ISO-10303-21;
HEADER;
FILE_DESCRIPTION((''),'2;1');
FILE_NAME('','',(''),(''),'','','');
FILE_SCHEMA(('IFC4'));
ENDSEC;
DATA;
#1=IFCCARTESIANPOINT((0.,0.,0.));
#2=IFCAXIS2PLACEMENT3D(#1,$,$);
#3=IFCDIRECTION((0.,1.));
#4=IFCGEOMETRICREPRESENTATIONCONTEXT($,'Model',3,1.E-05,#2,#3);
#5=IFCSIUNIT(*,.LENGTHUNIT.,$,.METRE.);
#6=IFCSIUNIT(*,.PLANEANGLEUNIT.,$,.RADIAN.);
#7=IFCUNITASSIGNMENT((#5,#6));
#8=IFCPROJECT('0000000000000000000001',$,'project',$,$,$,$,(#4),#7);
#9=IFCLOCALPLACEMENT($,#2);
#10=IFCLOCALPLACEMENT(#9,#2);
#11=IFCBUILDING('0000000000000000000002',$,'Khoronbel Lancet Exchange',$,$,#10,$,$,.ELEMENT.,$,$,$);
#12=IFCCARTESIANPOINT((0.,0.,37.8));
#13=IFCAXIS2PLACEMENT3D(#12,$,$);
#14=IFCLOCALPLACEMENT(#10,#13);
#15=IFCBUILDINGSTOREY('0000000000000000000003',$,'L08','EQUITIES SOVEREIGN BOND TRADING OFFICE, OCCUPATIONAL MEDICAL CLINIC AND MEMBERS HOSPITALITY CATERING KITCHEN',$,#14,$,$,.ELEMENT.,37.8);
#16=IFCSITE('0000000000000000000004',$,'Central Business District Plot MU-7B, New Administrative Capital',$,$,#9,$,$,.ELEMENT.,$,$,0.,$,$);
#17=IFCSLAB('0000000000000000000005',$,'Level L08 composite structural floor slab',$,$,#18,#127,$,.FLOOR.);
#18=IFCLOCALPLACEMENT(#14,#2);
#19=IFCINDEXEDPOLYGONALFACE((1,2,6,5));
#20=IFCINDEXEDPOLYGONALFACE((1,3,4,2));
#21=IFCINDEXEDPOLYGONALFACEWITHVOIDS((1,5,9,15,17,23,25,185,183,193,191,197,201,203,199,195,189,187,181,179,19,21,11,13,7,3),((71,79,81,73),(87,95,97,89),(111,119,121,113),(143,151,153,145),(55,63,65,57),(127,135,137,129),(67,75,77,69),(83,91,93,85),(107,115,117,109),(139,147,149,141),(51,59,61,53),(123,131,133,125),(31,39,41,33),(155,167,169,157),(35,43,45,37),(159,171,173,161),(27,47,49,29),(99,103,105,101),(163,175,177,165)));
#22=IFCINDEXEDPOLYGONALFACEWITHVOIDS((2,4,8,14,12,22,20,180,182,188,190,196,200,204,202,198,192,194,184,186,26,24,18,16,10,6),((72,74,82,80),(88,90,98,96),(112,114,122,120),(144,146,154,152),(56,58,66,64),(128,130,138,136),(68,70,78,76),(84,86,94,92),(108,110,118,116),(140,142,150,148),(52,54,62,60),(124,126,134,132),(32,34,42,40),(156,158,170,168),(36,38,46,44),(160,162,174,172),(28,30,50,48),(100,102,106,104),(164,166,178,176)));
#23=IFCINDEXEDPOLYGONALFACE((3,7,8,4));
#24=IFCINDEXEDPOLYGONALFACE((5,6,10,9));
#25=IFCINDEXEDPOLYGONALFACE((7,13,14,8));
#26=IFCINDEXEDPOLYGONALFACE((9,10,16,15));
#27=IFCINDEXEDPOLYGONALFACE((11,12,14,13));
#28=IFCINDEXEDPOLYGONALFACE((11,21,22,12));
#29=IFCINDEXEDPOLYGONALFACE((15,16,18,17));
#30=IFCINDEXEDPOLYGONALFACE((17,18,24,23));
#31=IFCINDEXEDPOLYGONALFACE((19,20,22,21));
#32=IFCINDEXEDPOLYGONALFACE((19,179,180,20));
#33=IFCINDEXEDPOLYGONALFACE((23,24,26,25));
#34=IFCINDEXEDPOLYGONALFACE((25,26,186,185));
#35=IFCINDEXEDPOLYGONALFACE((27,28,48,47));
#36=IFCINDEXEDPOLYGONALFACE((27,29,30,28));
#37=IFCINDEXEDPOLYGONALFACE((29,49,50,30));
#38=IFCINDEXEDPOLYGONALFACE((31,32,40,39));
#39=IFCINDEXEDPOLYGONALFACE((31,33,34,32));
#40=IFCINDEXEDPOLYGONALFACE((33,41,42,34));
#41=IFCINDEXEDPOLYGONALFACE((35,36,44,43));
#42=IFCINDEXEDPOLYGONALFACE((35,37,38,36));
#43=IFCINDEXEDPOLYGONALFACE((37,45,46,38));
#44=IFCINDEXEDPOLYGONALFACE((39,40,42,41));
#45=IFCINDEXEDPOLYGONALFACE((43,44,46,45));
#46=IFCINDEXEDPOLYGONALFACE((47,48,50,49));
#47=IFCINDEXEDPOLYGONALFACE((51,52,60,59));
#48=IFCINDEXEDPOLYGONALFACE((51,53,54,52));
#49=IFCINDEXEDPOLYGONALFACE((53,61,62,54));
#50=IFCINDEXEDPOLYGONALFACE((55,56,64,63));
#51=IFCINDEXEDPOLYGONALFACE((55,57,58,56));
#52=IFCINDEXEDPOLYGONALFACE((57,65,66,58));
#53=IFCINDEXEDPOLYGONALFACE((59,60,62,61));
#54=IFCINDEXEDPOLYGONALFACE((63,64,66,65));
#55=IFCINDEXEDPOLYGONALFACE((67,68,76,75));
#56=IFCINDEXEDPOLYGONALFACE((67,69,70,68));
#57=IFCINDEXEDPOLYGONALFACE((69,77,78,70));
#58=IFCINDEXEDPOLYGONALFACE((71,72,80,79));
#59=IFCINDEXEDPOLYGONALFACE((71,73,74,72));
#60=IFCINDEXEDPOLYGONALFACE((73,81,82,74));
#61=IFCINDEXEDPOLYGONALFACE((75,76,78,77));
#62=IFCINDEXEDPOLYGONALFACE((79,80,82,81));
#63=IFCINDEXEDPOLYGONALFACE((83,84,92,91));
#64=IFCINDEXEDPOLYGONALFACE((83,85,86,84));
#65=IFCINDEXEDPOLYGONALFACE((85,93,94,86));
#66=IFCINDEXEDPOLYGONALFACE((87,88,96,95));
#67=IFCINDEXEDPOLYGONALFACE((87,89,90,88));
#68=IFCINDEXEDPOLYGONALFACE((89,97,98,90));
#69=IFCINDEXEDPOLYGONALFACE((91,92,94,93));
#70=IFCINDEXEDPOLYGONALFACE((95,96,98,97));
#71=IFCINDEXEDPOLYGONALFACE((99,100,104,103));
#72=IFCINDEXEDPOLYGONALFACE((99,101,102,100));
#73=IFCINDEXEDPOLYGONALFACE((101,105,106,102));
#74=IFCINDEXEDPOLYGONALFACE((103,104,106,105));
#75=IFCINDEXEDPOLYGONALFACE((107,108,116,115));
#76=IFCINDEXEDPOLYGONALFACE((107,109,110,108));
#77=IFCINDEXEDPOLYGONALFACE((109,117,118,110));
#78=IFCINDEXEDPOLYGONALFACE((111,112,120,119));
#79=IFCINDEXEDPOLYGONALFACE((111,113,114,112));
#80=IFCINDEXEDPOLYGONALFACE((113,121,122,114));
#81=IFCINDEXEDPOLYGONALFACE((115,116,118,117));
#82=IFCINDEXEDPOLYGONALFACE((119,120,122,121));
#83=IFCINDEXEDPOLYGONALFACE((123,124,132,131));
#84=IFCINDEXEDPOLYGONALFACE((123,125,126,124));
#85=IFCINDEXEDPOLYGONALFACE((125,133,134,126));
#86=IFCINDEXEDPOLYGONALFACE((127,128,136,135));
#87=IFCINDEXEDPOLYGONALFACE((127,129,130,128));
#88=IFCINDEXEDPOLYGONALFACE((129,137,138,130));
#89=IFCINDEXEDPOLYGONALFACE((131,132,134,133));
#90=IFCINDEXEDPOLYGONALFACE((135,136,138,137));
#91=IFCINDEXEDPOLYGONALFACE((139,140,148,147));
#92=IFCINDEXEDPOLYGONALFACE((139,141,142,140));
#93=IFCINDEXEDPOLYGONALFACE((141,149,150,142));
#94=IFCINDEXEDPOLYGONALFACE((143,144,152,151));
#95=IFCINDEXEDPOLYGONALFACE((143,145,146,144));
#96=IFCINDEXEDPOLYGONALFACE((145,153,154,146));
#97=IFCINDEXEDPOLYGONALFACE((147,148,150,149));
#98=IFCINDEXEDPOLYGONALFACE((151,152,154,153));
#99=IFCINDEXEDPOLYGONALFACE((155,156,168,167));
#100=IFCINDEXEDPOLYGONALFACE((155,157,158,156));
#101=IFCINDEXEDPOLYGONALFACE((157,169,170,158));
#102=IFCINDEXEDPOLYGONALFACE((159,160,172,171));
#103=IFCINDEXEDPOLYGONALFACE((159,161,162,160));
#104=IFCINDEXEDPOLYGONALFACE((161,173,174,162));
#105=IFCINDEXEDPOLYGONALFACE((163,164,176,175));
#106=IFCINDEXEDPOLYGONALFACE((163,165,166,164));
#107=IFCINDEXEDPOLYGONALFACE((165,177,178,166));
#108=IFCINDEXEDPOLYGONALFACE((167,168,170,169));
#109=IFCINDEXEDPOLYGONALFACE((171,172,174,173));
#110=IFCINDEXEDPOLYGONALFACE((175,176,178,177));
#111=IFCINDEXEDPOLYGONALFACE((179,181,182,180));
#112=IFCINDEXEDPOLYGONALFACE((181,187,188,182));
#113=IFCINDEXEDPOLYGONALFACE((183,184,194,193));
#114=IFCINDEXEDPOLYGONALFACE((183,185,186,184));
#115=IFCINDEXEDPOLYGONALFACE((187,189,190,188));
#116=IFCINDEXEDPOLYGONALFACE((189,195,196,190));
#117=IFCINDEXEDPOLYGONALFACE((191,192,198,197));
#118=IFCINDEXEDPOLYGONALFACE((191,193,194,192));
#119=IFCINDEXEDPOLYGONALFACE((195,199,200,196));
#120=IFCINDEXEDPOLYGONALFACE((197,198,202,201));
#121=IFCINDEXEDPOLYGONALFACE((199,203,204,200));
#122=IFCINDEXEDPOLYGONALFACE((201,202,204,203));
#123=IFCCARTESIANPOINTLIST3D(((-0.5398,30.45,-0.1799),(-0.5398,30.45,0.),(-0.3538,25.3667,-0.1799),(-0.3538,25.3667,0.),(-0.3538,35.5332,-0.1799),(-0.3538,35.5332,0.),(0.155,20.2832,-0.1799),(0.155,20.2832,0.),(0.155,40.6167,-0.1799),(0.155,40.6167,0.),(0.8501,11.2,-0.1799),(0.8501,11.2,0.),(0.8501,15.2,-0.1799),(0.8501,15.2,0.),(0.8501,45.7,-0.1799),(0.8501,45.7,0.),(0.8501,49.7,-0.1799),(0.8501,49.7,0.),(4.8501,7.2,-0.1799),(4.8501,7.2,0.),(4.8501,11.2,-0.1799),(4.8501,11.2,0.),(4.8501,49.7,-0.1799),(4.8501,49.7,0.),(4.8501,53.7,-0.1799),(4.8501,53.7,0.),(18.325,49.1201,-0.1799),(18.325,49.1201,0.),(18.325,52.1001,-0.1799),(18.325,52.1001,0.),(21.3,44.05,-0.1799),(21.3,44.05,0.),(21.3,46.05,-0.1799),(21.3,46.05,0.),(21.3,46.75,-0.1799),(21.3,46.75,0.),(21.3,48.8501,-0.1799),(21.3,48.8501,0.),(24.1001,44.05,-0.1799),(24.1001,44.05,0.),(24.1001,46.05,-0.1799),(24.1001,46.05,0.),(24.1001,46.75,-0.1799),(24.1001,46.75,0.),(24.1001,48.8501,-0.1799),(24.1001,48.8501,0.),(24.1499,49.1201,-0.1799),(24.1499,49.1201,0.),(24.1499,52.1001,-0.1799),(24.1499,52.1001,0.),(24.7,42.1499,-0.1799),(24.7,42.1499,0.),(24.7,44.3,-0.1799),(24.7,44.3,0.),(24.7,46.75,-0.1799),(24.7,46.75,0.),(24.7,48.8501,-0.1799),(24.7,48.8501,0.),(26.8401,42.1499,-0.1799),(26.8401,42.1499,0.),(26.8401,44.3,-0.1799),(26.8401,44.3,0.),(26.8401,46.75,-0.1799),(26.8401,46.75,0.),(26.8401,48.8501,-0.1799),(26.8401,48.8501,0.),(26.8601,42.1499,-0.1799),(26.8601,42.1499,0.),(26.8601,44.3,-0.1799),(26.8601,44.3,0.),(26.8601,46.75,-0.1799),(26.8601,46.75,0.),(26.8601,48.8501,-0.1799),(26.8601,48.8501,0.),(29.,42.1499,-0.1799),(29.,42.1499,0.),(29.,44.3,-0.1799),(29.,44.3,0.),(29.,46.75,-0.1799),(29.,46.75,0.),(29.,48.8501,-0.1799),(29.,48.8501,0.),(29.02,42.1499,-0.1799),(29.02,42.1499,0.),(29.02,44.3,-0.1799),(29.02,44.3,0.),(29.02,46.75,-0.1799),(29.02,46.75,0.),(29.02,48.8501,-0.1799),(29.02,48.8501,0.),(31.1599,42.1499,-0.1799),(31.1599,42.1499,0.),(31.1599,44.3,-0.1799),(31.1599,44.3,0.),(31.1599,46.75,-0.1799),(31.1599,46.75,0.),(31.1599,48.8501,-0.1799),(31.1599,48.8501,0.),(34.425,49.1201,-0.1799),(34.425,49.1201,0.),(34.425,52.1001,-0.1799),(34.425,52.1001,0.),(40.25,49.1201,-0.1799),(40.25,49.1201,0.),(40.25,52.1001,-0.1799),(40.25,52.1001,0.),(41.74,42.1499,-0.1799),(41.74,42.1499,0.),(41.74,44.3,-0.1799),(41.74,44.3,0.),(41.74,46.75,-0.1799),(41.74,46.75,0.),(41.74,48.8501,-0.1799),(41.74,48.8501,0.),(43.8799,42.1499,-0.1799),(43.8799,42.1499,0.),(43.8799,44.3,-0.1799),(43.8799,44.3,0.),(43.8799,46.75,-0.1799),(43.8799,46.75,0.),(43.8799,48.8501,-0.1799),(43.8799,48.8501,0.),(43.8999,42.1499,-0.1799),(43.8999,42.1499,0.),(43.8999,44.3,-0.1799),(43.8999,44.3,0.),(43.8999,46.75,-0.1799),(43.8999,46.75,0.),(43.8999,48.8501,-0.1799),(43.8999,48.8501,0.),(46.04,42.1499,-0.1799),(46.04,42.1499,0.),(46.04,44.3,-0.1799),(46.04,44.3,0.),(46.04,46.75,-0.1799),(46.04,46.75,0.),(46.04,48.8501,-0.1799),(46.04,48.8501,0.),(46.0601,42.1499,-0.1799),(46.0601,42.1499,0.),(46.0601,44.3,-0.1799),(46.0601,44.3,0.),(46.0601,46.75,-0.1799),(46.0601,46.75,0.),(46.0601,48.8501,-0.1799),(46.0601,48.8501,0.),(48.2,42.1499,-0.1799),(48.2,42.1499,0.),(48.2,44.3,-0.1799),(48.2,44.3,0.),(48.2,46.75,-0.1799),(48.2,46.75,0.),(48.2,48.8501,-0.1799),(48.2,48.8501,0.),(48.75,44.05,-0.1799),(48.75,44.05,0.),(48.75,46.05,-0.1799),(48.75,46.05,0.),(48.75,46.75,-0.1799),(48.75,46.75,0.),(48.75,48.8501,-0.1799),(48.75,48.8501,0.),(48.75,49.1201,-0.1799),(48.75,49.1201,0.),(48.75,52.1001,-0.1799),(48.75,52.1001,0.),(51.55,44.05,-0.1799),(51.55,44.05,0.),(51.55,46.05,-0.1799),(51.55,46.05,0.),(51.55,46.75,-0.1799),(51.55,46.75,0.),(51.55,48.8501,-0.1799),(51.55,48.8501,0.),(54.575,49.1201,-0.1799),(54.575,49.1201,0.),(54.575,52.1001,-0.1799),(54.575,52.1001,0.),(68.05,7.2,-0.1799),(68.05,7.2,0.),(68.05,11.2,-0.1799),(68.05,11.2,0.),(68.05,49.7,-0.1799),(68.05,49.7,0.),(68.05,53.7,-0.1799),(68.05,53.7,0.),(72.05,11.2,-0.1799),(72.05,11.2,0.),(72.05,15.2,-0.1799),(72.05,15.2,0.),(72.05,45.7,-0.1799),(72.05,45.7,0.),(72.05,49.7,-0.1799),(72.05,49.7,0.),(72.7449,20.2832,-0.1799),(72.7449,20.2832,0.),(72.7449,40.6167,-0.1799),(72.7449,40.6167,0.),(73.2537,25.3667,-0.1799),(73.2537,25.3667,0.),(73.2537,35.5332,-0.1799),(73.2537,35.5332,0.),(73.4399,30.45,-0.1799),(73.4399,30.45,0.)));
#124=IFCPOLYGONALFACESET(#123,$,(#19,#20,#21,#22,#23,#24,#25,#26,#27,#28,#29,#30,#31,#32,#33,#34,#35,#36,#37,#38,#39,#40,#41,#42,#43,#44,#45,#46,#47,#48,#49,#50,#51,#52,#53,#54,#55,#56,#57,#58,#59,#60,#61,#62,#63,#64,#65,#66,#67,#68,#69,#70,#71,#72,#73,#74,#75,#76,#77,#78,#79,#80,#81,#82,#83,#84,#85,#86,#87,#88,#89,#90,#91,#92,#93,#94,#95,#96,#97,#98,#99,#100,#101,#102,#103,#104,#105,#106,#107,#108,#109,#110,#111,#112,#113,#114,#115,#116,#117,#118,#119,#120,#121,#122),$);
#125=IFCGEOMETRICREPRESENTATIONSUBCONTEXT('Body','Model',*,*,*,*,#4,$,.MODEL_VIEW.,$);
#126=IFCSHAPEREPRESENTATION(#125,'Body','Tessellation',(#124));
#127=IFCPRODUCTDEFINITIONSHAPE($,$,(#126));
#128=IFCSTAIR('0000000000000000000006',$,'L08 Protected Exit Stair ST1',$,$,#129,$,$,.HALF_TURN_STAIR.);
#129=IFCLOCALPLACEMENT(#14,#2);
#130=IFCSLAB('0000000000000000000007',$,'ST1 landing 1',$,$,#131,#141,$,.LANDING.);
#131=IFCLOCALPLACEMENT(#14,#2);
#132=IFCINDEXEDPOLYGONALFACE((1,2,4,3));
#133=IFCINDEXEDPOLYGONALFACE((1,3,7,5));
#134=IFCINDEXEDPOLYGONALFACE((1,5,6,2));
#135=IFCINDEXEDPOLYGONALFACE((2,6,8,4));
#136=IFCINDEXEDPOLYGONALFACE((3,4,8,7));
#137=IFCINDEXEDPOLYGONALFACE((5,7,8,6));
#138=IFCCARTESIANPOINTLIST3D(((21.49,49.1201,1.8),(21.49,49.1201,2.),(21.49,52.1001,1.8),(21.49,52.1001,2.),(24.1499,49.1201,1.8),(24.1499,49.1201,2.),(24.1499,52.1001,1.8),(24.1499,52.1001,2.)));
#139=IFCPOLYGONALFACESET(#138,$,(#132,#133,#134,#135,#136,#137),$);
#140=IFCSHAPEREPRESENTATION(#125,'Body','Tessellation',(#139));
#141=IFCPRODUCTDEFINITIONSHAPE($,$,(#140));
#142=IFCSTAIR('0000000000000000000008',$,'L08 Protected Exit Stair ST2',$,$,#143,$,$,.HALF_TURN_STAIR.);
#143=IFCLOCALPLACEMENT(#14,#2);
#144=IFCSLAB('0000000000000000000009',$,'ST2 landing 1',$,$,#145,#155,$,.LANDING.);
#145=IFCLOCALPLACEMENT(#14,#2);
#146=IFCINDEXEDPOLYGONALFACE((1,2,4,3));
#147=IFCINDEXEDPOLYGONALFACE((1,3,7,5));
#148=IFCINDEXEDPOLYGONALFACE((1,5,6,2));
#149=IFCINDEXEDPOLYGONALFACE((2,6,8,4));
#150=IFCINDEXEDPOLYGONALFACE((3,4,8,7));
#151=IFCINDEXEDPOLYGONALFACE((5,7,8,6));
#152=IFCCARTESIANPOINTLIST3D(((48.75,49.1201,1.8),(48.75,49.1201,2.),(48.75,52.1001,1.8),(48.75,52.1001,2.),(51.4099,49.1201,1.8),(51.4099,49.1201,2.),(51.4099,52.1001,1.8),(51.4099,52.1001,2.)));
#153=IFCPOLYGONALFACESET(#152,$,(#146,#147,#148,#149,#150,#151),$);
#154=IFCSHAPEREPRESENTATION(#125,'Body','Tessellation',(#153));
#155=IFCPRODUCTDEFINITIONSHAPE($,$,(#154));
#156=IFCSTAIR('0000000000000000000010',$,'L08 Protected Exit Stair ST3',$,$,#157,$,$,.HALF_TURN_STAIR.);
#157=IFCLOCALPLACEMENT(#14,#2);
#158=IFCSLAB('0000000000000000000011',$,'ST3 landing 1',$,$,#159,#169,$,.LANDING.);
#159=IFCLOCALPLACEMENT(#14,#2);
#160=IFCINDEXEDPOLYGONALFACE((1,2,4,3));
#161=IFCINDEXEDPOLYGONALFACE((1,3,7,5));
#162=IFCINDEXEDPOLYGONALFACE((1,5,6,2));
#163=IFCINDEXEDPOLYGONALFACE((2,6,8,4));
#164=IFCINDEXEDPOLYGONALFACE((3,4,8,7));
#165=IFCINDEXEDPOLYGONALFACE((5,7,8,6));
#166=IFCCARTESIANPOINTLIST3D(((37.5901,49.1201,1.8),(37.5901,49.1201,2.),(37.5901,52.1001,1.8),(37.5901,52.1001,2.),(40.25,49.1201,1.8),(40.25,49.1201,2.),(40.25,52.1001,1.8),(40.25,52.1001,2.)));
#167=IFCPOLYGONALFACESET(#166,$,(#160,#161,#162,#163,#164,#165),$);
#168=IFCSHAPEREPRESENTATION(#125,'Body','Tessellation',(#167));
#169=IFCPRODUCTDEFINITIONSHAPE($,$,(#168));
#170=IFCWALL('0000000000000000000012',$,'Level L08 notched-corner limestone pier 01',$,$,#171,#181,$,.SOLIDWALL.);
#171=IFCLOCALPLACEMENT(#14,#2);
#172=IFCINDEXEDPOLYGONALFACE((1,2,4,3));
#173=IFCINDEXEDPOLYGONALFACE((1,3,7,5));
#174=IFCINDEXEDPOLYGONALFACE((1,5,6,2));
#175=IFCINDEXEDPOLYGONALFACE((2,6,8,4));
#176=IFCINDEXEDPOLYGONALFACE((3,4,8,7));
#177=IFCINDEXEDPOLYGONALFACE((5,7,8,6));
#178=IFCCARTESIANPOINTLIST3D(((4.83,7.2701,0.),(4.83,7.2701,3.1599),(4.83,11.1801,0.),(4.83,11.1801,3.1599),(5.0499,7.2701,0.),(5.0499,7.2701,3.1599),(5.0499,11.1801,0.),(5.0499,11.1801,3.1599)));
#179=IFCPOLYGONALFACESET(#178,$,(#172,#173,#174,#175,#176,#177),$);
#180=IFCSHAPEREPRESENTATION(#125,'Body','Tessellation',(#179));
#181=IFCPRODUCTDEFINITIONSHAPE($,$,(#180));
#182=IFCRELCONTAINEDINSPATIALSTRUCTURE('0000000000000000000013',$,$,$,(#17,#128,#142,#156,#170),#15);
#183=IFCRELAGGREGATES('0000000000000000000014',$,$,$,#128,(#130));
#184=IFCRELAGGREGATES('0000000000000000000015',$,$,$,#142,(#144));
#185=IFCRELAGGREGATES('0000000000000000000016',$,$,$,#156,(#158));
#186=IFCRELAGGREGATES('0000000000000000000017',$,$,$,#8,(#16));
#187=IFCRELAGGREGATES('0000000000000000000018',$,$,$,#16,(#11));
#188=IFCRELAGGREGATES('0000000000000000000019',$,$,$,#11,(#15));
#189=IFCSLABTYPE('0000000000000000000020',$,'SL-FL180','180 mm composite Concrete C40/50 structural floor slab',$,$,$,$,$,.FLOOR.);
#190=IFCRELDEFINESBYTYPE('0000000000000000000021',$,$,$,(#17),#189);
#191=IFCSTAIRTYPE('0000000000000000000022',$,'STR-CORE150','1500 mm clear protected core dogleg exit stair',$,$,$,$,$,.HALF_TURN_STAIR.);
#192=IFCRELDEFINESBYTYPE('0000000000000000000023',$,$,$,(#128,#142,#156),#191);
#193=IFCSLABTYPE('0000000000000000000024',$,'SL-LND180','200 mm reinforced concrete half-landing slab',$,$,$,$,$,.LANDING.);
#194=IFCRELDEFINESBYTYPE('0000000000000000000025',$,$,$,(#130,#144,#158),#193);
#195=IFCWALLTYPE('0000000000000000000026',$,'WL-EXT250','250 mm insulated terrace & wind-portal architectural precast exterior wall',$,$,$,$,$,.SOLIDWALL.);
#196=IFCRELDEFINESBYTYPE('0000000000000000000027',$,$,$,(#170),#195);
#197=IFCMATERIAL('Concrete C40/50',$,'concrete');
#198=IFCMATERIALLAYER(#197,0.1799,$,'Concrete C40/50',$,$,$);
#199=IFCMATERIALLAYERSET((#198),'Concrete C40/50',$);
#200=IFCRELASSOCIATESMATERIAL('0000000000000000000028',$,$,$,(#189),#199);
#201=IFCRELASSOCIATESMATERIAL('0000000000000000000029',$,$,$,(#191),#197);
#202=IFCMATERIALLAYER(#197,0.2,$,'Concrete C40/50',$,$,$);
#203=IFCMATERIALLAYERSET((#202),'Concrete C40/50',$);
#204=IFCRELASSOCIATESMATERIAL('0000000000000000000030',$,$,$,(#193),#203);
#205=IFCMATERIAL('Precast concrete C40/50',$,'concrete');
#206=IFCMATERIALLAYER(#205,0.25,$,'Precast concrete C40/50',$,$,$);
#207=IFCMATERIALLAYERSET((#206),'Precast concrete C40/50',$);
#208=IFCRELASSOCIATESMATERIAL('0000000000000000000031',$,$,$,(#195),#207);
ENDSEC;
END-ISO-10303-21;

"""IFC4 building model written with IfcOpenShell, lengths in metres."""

from ifc_helpers import new_model, si_unit, direction, frame, frame_2d, origin, place, context, subcontext, project, spatial, polyline, rectangle, outline, extrude, material, layer, layer_set, type_object, element, aggregate, save


model = new_model("IFC4")

# Units and contexts
model_context = context("Model", 3, precision=1e-05, world=origin(), true_north=direction((0.0, 1.0)))
body_context = subcontext(model_context, "Body", "Model", "MODEL_VIEW")
ifc_project = project(units=[si_unit("LENGTHUNIT", "METRE"), si_unit("PLANEANGLEUNIT", "RADIAN")], contexts=[model_context])

# Site, building, storey
site_placement = place(None, origin())
site = spatial("IfcSite", under=ifc_project, at=site_placement, Name="Central Business District Plot MU-7B, New Administrative Capital", CompositionType="ELEMENT", RefElevation=0.0)
building_placement = place(site_placement, origin())
building = spatial("IfcBuilding", under=site, at=building_placement, Name="Khoronbel Lancet Exchange", CompositionType="ELEMENT")
storey_placement = place(building_placement, frame((0.0, 0.0, 37.8)))
storey = spatial("IfcBuildingStorey", under=building, at=storey_placement, Name="L08", Description="EQUITIES SOVEREIGN BOND TRADING OFFICE, OCCUPATIONAL MEDICAL CLINIC AND MEMBERS HOSPITALITY CATERING KITCHEN", CompositionType="ELEMENT", Elevation=37.8)

# Slab
ifc_material_1 = material(Name="Concrete C40/50", Category="concrete")
ifc_layer_1 = layer(ifc_material_1, 0.1799, Name="Concrete C40/50")
ifc_layer_set_1 = layer_set([ifc_layer_1], Name="Concrete C40/50")
slab_type_1 = type_object("IfcSlabType", Name="SL-FL180", Description="180 mm composite Concrete C40/50 structural floor slab", PredefinedType="FLOOR", material=ifc_layer_set_1)
slab_1_placement = place(storey_placement, frame((0.0, 0.0, -0.1799)))
element("IfcSlab", 1, at=slab_1_placement, inside=storey, type_object=slab_type_1, Name="Level L08 composite structural floor slab", PredefinedType="FLOOR", context=body_context, shape_type="SweptSolid", body=[
    extrude(outline(polyline([(4.8501, 7.2), (68.05, 7.2), (68.05, 11.2), (72.05, 11.2), (72.05, 15.2), (72.7449, 20.2832), (73.2537, 25.3667), (73.4399, 30.45), (73.2537, 35.5332), (72.7449, 40.6167), (72.05, 45.7), (72.05, 49.7), (68.05, 49.7), (68.05, 53.7), (4.8501, 53.7), (4.8501, 49.7), (0.8501, 49.7), (0.8501, 45.7), (0.155, 40.6167), (-0.3538, 35.5332), (-0.5398, 30.45), (-0.3538, 25.3667), (0.155, 20.2832), (0.8501, 15.2), (0.8501, 11.2), (4.8501, 11.2), (4.8501, 7.2)]), holes=[polyline([(18.325, 49.1201), (24.1499, 49.1201), (24.1499, 52.1001), (18.325, 52.1001), (18.325, 49.1201)]), polyline([(48.75, 49.1201), (54.575, 49.1201), (54.575, 52.1001), (48.75, 52.1001), (48.75, 49.1201)]), polyline([(34.425, 49.1201), (40.25, 49.1201), (40.25, 52.1001), (34.425, 52.1001), (34.425, 49.1201)]), polyline([(24.7, 46.75), (26.8401, 46.75), (26.8401, 48.8501), (24.7, 48.8501), (24.7, 46.75)]), polyline([(26.8601, 46.75), (29.0, 46.75), (29.0, 48.8501), (26.8601, 48.8501), (26.8601, 46.75)]), polyline([(29.02, 46.75), (31.1599, 46.75), (31.1599, 48.8501), (29.02, 48.8501), (29.02, 46.75)]), polyline([(24.7, 42.1499), (26.8401, 42.1499), (26.8401, 44.3), (24.7, 44.3), (24.7, 42.1499)]), polyline([(26.8601, 42.1499), (29.0, 42.1499), (29.0, 44.3), (26.8601, 44.3), (26.8601, 42.1499)]), polyline([(29.02, 42.1499), (31.1599, 42.1499), (31.1599, 44.3), (29.02, 44.3), (29.02, 42.1499)]), polyline([(41.74, 46.75), (43.8799, 46.75), (43.8799, 48.8501), (41.74, 48.8501), (41.74, 46.75)]), polyline([(43.8999, 46.75), (46.04, 46.75), (46.04, 48.8501), (43.8999, 48.8501), (43.8999, 46.75)]), polyline([(46.0601, 46.75), (48.2, 46.75), (48.2, 48.8501), (46.0601, 48.8501), (46.0601, 46.75)]), polyline([(41.74, 42.1499), (43.8799, 42.1499), (43.8799, 44.3), (41.74, 44.3), (41.74, 42.1499)]), polyline([(43.8999, 42.1499), (46.04, 42.1499), (46.04, 44.3), (43.8999, 44.3), (43.8999, 42.1499)]), polyline([(46.0601, 42.1499), (48.2, 42.1499), (48.2, 44.3), (46.0601, 44.3), (46.0601, 42.1499)]), polyline([(21.3, 46.75), (24.1001, 46.75), (24.1001, 48.8501), (21.3, 48.8501), (21.3, 46.75)]), polyline([(48.75, 46.75), (51.55, 46.75), (51.55, 48.8501), (48.75, 48.8501), (48.75, 46.75)]), polyline([(21.3, 44.05), (24.1001, 44.05), (24.1001, 46.05), (21.3, 46.05), (21.3, 44.05)]), polyline([(48.75, 44.05), (51.55, 44.05), (51.55, 46.05), (48.75, 46.05), (48.75, 44.05)])]), origin(), (0.0, 0.0, 1.0), 0.1799),
])

# Stairs, slabs
stair_type = type_object("IfcStairType", Name="STR-CORE150", Description="1500 mm clear protected core dogleg exit stair", PredefinedType="HALF_TURN_STAIR", material=ifc_material_1)
stair_1_placement = place(storey_placement, origin())
stair_1 = element("IfcStair", 2, at=stair_1_placement, inside=storey, type_object=stair_type, Name="L08 Protected Exit Stair ST1", PredefinedType="HALF_TURN_STAIR")
ifc_layer_2 = layer(ifc_material_1, 0.2, Name="Concrete C40/50")
ifc_layer_set_2 = layer_set([ifc_layer_2], Name="Concrete C40/50")
slab_type_2 = type_object("IfcSlabType", Name="SL-LND180", Description="200 mm reinforced concrete half-landing slab", PredefinedType="LANDING", material=ifc_layer_set_2)
slab_2_placement = place(storey_placement, frame((0.0, 0.0, 1.8)))
slab_2 = element("IfcSlab", 3, at=slab_2_placement, type_object=slab_type_2, Name="ST1 landing 1", PredefinedType="LANDING", context=body_context, shape_type="SweptSolid", body=[
    extrude(outline(polyline([(21.49, 49.1201), (24.1499, 49.1201), (24.1499, 52.1001), (21.49, 52.1001), (21.49, 49.1201)])), origin(), (0.0, 0.0, 1.0), 0.2),
])
aggregate(stair_1, [slab_2])
stair_2_placement = place(storey_placement, origin())
stair_2 = element("IfcStair", 4, at=stair_2_placement, inside=storey, type_object=stair_type, Name="L08 Protected Exit Stair ST2", PredefinedType="HALF_TURN_STAIR")
slab_3_placement = place(storey_placement, frame((0.0, 0.0, 1.8)))
slab_3 = element("IfcSlab", 5, at=slab_3_placement, type_object=slab_type_2, Name="ST2 landing 1", PredefinedType="LANDING", context=body_context, shape_type="SweptSolid", body=[
    extrude(outline(polyline([(51.4099, 52.1001), (48.75, 52.1001), (48.75, 49.1201), (51.4099, 49.1201), (51.4099, 52.1001)])), origin(), (0.0, 0.0, 1.0), 0.2),
])
aggregate(stair_2, [slab_3])
stair_3_placement = place(storey_placement, origin())
stair_3 = element("IfcStair", 6, at=stair_3_placement, inside=storey, type_object=stair_type, Name="L08 Protected Exit Stair ST3", PredefinedType="HALF_TURN_STAIR")
slab_4_placement = place(storey_placement, frame((0.0, 0.0, 1.8)))
slab_4 = element("IfcSlab", 7, at=slab_4_placement, type_object=slab_type_2, Name="ST3 landing 1", PredefinedType="LANDING", context=body_context, shape_type="SweptSolid", body=[
    extrude(outline(polyline([(37.5901, 49.1201), (40.25, 49.1201), (40.25, 52.1001), (37.5901, 52.1001), (37.5901, 49.1201)])), origin(), (0.0, 0.0, 1.0), 0.2),
])
aggregate(stair_3, [slab_4])

# Wall
ifc_material_2 = material(Name="Precast concrete C40/50", Category="concrete")
ifc_layer_3 = layer(ifc_material_2, 0.25, Name="Precast concrete C40/50")
ifc_layer_set_3 = layer_set([ifc_layer_3], Name="Precast concrete C40/50")
wall_type_1 = type_object("IfcWallType", Name="WL-EXT250", Description="250 mm insulated terrace & wind-portal architectural precast exterior wall", PredefinedType="SOLIDWALL", material=ifc_layer_set_3)
wall_1_placement = place(storey_placement, frame((4.9399, 7.27, 0.0), z_axis=(0.0, 0.0, 1.0), x_axis=(0.0, 1.0, 0.0)))
element("IfcWall", 8, at=wall_1_placement, inside=storey, type_object=wall_type_1, Name="Level L08 notched-corner limestone pier 01", PredefinedType="SOLIDWALL", context=body_context, shape_type="SweptSolid", body=[
    extrude(rectangle(XDim=3.9099, YDim=0.22, at=frame_2d((1.9551, 0.0))), origin(), (0.0, 0.0, 1.0), 3.1599),
])

save(model, "model.ifc")
